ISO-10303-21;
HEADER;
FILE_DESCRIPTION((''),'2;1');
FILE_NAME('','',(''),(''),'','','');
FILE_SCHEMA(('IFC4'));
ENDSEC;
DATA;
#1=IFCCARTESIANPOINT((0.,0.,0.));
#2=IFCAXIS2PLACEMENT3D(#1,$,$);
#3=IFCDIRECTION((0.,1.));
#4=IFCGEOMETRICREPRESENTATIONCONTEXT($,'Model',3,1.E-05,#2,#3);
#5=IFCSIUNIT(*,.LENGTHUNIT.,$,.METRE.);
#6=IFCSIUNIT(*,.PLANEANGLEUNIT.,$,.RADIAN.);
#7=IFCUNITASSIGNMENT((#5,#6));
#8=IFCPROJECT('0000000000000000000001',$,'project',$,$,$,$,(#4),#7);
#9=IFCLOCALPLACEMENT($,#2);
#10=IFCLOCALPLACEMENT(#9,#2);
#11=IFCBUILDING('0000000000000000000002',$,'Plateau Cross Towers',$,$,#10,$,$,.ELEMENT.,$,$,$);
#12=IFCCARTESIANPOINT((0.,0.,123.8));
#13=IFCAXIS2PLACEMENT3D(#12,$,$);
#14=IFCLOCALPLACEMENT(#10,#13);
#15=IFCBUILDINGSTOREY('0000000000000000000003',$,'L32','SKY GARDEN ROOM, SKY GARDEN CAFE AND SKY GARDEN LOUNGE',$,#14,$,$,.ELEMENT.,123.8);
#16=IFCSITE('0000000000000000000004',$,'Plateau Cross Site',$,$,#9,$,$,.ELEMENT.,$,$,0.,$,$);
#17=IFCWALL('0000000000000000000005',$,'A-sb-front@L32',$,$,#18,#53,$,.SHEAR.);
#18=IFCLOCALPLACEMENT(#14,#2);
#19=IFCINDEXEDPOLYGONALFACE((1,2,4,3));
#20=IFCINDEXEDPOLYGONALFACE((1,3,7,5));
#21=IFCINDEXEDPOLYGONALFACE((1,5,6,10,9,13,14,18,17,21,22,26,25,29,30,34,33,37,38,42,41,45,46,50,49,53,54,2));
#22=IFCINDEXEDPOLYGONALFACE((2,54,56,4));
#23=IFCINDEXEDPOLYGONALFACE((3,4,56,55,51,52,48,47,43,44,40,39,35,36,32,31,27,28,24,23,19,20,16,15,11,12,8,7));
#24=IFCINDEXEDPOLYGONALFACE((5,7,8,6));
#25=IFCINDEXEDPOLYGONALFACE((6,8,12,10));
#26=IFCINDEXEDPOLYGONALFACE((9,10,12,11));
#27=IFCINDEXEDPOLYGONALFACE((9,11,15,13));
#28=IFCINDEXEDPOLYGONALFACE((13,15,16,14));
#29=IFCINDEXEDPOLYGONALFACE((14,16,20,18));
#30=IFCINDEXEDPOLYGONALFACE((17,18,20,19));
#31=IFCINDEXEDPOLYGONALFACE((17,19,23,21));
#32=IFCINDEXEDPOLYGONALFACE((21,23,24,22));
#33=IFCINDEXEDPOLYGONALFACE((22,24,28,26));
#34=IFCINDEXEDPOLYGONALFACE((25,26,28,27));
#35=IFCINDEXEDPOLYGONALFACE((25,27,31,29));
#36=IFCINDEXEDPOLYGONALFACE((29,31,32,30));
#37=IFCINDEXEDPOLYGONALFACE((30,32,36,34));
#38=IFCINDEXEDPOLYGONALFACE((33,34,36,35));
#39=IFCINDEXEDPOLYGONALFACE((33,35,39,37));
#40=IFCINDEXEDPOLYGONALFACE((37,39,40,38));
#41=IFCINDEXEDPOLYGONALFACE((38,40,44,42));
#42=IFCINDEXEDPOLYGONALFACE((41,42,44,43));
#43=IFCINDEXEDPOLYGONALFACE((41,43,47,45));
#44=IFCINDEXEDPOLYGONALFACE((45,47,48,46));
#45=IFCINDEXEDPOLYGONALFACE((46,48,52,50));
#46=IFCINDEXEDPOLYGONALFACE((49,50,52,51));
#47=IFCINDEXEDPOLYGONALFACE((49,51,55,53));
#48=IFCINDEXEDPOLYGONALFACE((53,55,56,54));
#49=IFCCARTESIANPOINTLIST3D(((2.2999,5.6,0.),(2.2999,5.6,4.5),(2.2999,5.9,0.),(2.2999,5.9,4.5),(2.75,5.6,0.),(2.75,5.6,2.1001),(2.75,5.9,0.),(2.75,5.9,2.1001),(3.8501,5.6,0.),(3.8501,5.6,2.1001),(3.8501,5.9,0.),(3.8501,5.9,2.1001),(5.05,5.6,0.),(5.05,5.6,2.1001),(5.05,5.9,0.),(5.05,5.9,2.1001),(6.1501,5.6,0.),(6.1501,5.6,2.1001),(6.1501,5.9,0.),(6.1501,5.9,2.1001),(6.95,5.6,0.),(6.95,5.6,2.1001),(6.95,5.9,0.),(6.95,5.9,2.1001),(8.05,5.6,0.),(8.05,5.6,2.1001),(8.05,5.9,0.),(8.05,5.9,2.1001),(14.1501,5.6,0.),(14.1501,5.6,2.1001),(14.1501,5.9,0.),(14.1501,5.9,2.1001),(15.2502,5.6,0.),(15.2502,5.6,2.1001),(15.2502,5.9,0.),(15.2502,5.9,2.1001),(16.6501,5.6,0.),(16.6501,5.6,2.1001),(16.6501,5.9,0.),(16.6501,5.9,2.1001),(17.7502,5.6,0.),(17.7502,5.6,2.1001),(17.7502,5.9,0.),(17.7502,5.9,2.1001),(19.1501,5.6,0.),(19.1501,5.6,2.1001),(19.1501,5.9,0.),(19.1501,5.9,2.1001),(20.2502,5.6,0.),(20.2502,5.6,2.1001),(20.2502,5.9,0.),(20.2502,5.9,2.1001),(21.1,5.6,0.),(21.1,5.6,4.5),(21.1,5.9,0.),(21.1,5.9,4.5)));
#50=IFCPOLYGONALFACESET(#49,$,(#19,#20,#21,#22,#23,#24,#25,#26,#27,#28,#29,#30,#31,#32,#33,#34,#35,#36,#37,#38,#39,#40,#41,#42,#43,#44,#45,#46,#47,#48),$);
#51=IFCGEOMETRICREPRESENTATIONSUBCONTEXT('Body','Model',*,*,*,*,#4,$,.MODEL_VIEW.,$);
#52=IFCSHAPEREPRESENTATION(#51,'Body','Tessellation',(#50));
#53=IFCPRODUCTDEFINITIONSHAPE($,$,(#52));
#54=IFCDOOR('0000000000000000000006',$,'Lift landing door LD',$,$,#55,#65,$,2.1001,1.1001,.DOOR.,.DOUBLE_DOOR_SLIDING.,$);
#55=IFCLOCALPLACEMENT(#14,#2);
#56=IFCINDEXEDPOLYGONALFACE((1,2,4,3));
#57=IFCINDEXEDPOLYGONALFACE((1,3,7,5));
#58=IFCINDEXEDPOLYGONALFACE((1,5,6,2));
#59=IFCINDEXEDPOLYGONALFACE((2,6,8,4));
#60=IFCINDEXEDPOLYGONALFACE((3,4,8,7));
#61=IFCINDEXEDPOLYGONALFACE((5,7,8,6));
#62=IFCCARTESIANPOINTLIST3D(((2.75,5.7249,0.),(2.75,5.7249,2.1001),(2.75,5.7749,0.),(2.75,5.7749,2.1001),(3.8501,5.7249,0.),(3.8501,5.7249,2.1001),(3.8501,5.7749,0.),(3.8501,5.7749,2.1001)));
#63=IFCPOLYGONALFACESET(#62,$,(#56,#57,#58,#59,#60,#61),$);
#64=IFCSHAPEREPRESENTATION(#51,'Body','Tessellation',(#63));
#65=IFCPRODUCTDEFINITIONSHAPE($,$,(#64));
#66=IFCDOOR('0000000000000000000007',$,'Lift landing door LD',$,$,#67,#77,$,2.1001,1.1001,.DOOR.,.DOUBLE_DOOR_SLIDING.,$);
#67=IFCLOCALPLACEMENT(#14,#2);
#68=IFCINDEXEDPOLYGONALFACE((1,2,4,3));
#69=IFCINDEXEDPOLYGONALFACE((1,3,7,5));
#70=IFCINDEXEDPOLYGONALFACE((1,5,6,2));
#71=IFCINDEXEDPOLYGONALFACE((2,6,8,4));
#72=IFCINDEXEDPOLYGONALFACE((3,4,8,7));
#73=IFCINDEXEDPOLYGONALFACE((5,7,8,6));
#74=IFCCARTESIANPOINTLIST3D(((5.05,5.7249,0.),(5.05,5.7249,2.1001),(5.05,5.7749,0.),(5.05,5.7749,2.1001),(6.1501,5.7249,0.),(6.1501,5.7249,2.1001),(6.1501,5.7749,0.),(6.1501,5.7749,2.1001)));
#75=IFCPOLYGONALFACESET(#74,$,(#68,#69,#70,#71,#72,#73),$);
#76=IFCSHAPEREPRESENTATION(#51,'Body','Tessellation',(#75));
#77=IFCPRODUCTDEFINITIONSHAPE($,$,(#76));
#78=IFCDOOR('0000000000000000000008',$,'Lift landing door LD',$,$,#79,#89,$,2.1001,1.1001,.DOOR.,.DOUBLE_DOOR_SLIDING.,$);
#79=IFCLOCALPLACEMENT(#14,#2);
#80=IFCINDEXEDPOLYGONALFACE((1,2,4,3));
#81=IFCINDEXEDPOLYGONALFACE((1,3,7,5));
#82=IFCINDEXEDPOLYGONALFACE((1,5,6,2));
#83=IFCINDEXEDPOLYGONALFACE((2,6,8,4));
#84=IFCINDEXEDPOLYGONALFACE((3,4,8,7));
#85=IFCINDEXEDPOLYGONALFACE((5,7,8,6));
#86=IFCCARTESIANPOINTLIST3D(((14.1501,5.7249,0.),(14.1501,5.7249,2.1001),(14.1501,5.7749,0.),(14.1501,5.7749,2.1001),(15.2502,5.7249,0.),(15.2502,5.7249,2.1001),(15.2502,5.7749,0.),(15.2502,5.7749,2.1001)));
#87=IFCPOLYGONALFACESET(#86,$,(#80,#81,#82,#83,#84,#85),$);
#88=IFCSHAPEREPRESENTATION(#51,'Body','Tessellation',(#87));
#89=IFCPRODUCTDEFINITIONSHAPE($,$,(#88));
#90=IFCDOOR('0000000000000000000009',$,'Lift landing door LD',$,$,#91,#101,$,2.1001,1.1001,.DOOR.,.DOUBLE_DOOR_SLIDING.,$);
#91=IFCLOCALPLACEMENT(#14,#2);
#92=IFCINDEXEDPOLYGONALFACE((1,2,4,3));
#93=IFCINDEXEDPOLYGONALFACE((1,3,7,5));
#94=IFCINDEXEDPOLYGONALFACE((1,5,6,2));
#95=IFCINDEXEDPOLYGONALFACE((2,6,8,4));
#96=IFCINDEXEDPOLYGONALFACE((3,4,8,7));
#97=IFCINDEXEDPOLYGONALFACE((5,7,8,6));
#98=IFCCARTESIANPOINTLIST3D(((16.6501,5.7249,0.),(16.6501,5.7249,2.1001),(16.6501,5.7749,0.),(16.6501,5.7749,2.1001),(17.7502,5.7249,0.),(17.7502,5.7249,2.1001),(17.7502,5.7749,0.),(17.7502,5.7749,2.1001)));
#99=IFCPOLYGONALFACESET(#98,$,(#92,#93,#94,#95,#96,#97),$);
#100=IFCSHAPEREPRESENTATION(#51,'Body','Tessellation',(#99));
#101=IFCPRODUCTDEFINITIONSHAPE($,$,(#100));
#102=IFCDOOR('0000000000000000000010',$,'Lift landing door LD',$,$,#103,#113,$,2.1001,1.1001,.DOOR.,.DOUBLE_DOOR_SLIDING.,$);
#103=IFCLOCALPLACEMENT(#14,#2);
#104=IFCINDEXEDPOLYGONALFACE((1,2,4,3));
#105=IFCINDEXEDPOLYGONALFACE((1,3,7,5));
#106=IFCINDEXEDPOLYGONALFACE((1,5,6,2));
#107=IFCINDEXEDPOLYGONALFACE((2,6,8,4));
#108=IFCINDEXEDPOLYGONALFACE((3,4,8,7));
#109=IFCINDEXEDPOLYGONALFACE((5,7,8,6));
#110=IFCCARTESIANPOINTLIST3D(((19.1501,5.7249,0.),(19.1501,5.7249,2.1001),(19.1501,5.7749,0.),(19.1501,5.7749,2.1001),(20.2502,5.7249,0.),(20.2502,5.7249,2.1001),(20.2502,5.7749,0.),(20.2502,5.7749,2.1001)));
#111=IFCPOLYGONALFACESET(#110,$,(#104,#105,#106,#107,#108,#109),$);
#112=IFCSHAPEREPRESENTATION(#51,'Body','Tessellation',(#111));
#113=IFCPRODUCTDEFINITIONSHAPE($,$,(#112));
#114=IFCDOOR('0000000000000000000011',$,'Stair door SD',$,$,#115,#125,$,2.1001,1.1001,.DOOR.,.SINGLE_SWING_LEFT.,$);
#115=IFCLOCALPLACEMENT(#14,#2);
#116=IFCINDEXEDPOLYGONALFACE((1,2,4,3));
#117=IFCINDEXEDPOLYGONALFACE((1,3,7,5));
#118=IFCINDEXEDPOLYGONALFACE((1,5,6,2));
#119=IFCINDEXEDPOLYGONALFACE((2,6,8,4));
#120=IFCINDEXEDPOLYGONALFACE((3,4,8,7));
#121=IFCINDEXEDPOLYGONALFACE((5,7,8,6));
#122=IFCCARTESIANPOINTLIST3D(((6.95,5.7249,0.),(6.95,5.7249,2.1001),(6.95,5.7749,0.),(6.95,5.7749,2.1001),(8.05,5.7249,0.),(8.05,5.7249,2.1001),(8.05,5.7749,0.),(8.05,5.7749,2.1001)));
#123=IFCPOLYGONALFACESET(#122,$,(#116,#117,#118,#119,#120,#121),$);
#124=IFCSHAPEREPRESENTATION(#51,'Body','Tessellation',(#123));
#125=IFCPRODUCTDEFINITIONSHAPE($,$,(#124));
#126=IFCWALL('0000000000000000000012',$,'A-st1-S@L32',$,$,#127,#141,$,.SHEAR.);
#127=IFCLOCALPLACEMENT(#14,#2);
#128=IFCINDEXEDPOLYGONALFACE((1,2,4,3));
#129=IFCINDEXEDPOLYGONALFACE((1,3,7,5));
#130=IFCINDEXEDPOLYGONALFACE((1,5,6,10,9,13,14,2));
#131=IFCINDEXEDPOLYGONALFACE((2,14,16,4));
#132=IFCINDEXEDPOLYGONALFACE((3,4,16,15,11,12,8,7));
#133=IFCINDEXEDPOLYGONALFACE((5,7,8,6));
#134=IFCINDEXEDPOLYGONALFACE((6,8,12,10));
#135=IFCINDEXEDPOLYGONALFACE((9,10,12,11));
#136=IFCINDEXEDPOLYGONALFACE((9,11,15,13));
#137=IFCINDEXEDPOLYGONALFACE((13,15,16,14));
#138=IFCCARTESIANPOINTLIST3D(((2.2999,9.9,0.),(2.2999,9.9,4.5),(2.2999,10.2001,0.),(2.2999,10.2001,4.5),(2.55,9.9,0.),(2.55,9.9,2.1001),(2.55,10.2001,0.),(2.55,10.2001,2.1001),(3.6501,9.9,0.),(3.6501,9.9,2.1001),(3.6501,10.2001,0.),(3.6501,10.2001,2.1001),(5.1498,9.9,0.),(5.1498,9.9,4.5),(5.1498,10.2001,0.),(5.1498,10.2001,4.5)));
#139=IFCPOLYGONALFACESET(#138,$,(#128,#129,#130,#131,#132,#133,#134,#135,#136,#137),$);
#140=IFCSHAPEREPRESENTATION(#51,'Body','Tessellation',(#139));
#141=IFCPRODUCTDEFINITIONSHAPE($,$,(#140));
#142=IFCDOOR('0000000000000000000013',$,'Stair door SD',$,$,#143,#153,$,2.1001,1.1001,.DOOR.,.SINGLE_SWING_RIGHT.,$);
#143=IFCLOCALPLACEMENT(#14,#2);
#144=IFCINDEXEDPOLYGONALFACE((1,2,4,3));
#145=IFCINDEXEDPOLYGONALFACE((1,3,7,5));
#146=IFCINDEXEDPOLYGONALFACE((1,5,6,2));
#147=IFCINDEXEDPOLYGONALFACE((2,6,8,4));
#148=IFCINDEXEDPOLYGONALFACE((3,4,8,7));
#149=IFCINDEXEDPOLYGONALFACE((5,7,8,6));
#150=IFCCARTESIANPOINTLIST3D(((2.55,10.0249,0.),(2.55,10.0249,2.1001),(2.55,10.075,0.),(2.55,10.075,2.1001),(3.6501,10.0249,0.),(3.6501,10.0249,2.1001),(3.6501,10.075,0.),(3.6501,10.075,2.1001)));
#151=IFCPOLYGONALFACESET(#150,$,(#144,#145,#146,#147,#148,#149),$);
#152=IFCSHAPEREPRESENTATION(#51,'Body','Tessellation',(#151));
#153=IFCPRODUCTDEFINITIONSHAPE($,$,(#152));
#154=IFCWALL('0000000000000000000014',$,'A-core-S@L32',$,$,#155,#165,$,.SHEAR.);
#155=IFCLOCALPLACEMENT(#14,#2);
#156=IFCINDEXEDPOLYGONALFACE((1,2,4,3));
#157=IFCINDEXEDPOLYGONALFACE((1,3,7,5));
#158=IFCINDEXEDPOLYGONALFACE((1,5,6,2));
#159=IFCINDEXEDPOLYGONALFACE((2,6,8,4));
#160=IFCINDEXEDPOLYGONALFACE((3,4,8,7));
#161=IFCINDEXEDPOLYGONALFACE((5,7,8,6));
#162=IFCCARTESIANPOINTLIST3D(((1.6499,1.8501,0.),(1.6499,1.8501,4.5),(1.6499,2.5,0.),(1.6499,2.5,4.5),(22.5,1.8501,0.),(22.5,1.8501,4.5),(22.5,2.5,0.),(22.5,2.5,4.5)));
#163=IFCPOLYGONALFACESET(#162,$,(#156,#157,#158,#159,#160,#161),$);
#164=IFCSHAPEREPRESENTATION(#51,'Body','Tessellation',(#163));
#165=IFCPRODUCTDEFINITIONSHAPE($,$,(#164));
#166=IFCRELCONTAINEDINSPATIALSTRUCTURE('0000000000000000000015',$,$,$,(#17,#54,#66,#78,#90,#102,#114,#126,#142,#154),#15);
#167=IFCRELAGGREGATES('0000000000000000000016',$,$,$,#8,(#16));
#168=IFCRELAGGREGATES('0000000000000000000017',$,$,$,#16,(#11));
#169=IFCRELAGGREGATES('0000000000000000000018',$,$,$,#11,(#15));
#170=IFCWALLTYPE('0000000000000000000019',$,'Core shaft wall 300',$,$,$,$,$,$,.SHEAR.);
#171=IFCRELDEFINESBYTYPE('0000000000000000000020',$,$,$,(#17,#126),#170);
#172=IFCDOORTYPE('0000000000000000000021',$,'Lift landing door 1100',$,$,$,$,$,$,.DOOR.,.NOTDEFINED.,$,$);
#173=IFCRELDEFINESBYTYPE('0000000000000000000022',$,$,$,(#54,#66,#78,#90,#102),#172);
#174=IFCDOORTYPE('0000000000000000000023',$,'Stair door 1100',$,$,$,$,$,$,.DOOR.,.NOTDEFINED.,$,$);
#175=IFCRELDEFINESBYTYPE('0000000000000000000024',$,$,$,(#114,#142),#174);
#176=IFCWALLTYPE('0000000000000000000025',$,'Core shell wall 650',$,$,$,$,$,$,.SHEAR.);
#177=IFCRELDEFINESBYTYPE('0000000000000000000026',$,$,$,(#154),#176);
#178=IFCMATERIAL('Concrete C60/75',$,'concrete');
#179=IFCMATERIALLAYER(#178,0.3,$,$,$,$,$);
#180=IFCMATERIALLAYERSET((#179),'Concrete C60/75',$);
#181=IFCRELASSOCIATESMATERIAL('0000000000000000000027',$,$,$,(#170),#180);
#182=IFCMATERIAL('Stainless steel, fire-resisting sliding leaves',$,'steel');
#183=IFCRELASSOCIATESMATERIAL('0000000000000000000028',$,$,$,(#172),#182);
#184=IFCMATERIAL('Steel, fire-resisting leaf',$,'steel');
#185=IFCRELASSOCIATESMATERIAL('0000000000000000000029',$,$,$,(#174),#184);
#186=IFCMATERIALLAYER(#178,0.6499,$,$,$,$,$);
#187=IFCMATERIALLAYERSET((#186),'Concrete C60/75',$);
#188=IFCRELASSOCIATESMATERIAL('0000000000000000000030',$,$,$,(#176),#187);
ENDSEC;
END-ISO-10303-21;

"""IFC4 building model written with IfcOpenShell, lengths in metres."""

from ifc_helpers import new_model, si_unit, direction, frame, frame_2d, origin, place, context, subcontext, project, spatial, rectangle, extrude, material, layer, layer_set, type_object, element, fill, save


model = new_model("IFC4")

# Units and contexts
model_context = context("Model", 3, precision=1e-05, world=origin(), true_north=direction((0.0, 1.0)))
body_context = subcontext(model_context, "Body", "Model", "MODEL_VIEW")
ifc_project = project(units=[si_unit("LENGTHUNIT", "METRE"), si_unit("PLANEANGLEUNIT", "RADIAN")], contexts=[model_context])

# Site, building, storey
site_placement = place(None, origin())
site = spatial("IfcSite", under=ifc_project, at=site_placement, Name="Plateau Cross Site", CompositionType="ELEMENT", RefElevation=0.0)
building_placement = place(site_placement, origin())
building = spatial("IfcBuilding", under=site, at=building_placement, Name="Plateau Cross Towers", CompositionType="ELEMENT")
storey_placement = place(building_placement, frame((0.0, 0.0, 123.8)))
storey = spatial("IfcBuildingStorey", under=building, at=storey_placement, Name="L32", Description="SKY GARDEN ROOM, SKY GARDEN CAFE AND SKY GARDEN LOUNGE", CompositionType="ELEMENT", Elevation=123.8)

# Shared definitions
ifc_material_1 = material(Name="Concrete C60/75", Category="concrete")
ifc_layer_1 = layer(ifc_material_1, 0.3)
ifc_layer_set_1 = layer_set([ifc_layer_1], Name="Concrete C60/75")
wall_type_1 = type_object("IfcWallType", Name="Core shaft wall 300", PredefinedType="SHEAR", material=ifc_layer_set_1)

# Wall, openings, doors
wall_1_placement = place(storey_placement, frame((2.3, 5.75, 0.0), z_axis=(0.0, 0.0, 1.0), x_axis=(1.0, 0.0, 0.0)))
wall_1 = element("IfcWall", 1, at=wall_1_placement, inside=storey, type_object=wall_type_1, Name="A-sb-front@L32", PredefinedType="SHEAR", context=body_context, shape_type="SweptSolid", body=[
    extrude(rectangle(XDim=18.8, YDim=0.3, at=frame_2d((9.3999, 0.0))), origin(), (0.0, 0.0, 1.0), 4.5),
])
opening_1_placement = place(wall_1_placement, frame((4.6499, 0.0, 0.0)))
opening_1 = element("IfcOpeningElement", 2, at=opening_1_placement, cuts=wall_1, PredefinedType="OPENING", context=body_context, shape_type="SweptSolid", body=[
    extrude(rectangle(XDim=1.1001, YDim=2.1001, at=frame_2d((0.55, 1.05))), frame((0.0, 0.1599, 0.0), z_axis=(0.0, -1.0, 0.0), x_axis=(1.0, 0.0, 0.0)), (0.0, 0.0, 1.0), 0.3201),
])
opening_2_placement = place(wall_1_placement, frame((0.45, 0.0, 0.0)))
opening_2 = element("IfcOpeningElement", 3, at=opening_2_placement, cuts=wall_1, PredefinedType="OPENING", context=body_context, shape_type="SweptSolid", body=[
    extrude(rectangle(XDim=1.1001, YDim=2.1001, at=frame_2d((0.55, 1.05))), frame((0.0, 0.1599, 0.0), z_axis=(0.0, -1.0, 0.0), x_axis=(1.0, 0.0, 0.0)), (0.0, 0.0, 1.0), 0.3201),
])
opening_3_placement = place(wall_1_placement, frame((2.75, 0.0, 0.0)))
opening_3 = element("IfcOpeningElement", 4, at=opening_3_placement, cuts=wall_1, PredefinedType="OPENING", context=body_context, shape_type="SweptSolid", body=[
    extrude(rectangle(XDim=1.1001, YDim=2.1001, at=frame_2d((0.55, 1.05))), frame((0.0, 0.1599, 0.0), z_axis=(0.0, -1.0, 0.0), x_axis=(1.0, 0.0, 0.0)), (0.0, 0.0, 1.0), 0.3201),
])
opening_4_placement = place(wall_1_placement, frame((11.8501, 0.0, 0.0)))
opening_4 = element("IfcOpeningElement", 5, at=opening_4_placement, cuts=wall_1, PredefinedType="OPENING", context=body_context, shape_type="SweptSolid", body=[
    extrude(rectangle(XDim=1.1001, YDim=2.1001, at=frame_2d((0.55, 1.05))), frame((0.0, 0.1599, 0.0), z_axis=(0.0, -1.0, 0.0), x_axis=(1.0, 0.0, 0.0)), (0.0, 0.0, 1.0), 0.3201),
])
opening_5_placement = place(wall_1_placement, frame((14.3501, 0.0, 0.0)))
opening_5 = element("IfcOpeningElement", 6, at=opening_5_placement, cuts=wall_1, PredefinedType="OPENING", context=body_context, shape_type="SweptSolid", body=[
    extrude(rectangle(XDim=1.1001, YDim=2.1001, at=frame_2d((0.55, 1.05))), frame((0.0, 0.1599, 0.0), z_axis=(0.0, -1.0, 0.0), x_axis=(1.0, 0.0, 0.0)), (0.0, 0.0, 1.0), 0.3201),
])
opening_6_placement = place(wall_1_placement, frame((16.8501, 0.0, 0.0)))
opening_6 = element("IfcOpeningElement", 7, at=opening_6_placement, cuts=wall_1, PredefinedType="OPENING", context=body_context, shape_type="SweptSolid", body=[
    extrude(rectangle(XDim=1.1001, YDim=2.1001, at=frame_2d((0.55, 1.05))), frame((0.0, 0.1599, 0.0), z_axis=(0.0, -1.0, 0.0), x_axis=(1.0, 0.0, 0.0)), (0.0, 0.0, 1.0), 0.3201),
])
ifc_material_2 = material(Name="Stainless steel, fire-resisting sliding leaves", Category="steel")
door_type_1 = type_object("IfcDoorType", Name="Lift landing door 1100", OperationType="NOTDEFINED", PredefinedType="DOOR", material=ifc_material_2)
door_1_placement = place(opening_2_placement, origin())
door_1 = element("IfcDoor", 8, at=door_1_placement, inside=storey, type_object=door_type_1, Name="Lift landing door LD", OperationType="DOUBLE_DOOR_SLIDING", OverallHeight=2.1001, OverallWidth=1.1001, PredefinedType="DOOR", context=body_context, shape_type="SweptSolid", body=[
    extrude(rectangle(XDim=1.1001, YDim=2.1001, at=frame_2d((0.55, 1.05))), frame((0.0, 0.0249, 0.0), z_axis=(0.0, -1.0, 0.0), x_axis=(1.0, 0.0, 0.0)), (0.0, 0.0, 1.0), 0.05),
])
fill(opening_2, door_1)
door_2_placement = place(opening_3_placement, origin())
door_2 = element("IfcDoor", 9, at=door_2_placement, inside=storey, type_object=door_type_1, Name="Lift landing door LD", OperationType="DOUBLE_DOOR_SLIDING", OverallHeight=2.1001, OverallWidth=1.1001, PredefinedType="DOOR", context=body_context, shape_type="SweptSolid", body=[
    extrude(rectangle(XDim=1.1001, YDim=2.1001, at=frame_2d((0.55, 1.05))), frame((0.0, 0.0249, 0.0), z_axis=(0.0, -1.0, 0.0), x_axis=(1.0, 0.0, 0.0)), (0.0, 0.0, 1.0), 0.05),
])
fill(opening_3, door_2)
door_3_placement = place(opening_4_placement, origin())
door_3 = element("IfcDoor", 10, at=door_3_placement, inside=storey, type_object=door_type_1, Name="Lift landing door LD", OperationType="DOUBLE_DOOR_SLIDING", OverallHeight=2.1001, OverallWidth=1.1001, PredefinedType="DOOR", context=body_context, shape_type="SweptSolid", body=[
    extrude(rectangle(XDim=1.1001, YDim=2.1001, at=frame_2d((0.55, 1.05))), frame((0.0, 0.0249, 0.0), z_axis=(0.0, -1.0, 0.0), x_axis=(1.0, 0.0, 0.0)), (0.0, 0.0, 1.0), 0.05),
])
fill(opening_4, door_3)
door_4_placement = place(opening_5_placement, origin())
door_4 = element("IfcDoor", 11, at=door_4_placement, inside=storey, type_object=door_type_1, Name="Lift landing door LD", OperationType="DOUBLE_DOOR_SLIDING", OverallHeight=2.1001, OverallWidth=1.1001, PredefinedType="DOOR", context=body_context, shape_type="SweptSolid", body=[
    extrude(rectangle(XDim=1.1001, YDim=2.1001, at=frame_2d((0.55, 1.05))), frame((0.0, 0.0249, 0.0), z_axis=(0.0, -1.0, 0.0), x_axis=(1.0, 0.0, 0.0)), (0.0, 0.0, 1.0), 0.05),
])
fill(opening_5, door_4)
door_5_placement = place(opening_6_placement, origin())
door_5 = element("IfcDoor", 12, at=door_5_placement, inside=storey, type_object=door_type_1, Name="Lift landing door LD", OperationType="DOUBLE_DOOR_SLIDING", OverallHeight=2.1001, OverallWidth=1.1001, PredefinedType="DOOR", context=body_context, shape_type="SweptSolid", body=[
    extrude(rectangle(XDim=1.1001, YDim=2.1001, at=frame_2d((0.55, 1.05))), frame((0.0, 0.0249, 0.0), z_axis=(0.0, -1.0, 0.0), x_axis=(1.0, 0.0, 0.0)), (0.0, 0.0, 1.0), 0.05),
])
fill(opening_6, door_5)
ifc_material_3 = material(Name="Steel, fire-resisting leaf", Category="steel")
door_type_2 = type_object("IfcDoorType", Name="Stair door 1100", OperationType="NOTDEFINED", PredefinedType="DOOR", material=ifc_material_3)
door_6_placement = place(opening_1_placement, origin())
door_6 = element("IfcDoor", 13, at=door_6_placement, inside=storey, type_object=door_type_2, Name="Stair door SD", OperationType="SINGLE_SWING_LEFT", OverallHeight=2.1001, OverallWidth=1.1001, PredefinedType="DOOR", context=body_context, shape_type="SweptSolid", body=[
    extrude(rectangle(XDim=1.1001, YDim=2.1001, at=frame_2d((0.55, 1.05))), frame((0.0, 0.0249, 0.0), z_axis=(0.0, -1.0, 0.0), x_axis=(1.0, 0.0, 0.0)), (0.0, 0.0, 1.0), 0.05),
])
fill(opening_1, door_6)

# Wall, opening, door
wall_2_placement = place(storey_placement, frame((2.3, 10.05, 0.0), z_axis=(0.0, 0.0, 1.0), x_axis=(1.0, 0.0, 0.0)))
wall_2 = element("IfcWall", 14, at=wall_2_placement, inside=storey, type_object=wall_type_1, Name="A-st1-S@L32", PredefinedType="SHEAR", context=body_context, shape_type="SweptSolid", body=[
    extrude(rectangle(XDim=2.8499, YDim=0.3, at=frame_2d((1.4248, 0.0))), origin(), (0.0, 0.0, 1.0), 4.5),
])
opening_7_placement = place(wall_2_placement, frame((0.25, 0.0, 0.0)))
opening_7 = element("IfcOpeningElement", 15, at=opening_7_placement, cuts=wall_2, PredefinedType="OPENING", context=body_context, shape_type="SweptSolid", body=[
    extrude(rectangle(XDim=1.1001, YDim=2.1001, at=frame_2d((0.55, 1.05))), frame((0.0, 0.1599, 0.0), z_axis=(0.0, -1.0, 0.0), x_axis=(1.0, 0.0, 0.0)), (0.0, 0.0, 1.0), 0.3201),
])
door_7_placement = place(opening_7_placement, origin())
door_7 = element("IfcDoor", 16, at=door_7_placement, inside=storey, type_object=door_type_2, Name="Stair door SD", OperationType="SINGLE_SWING_RIGHT", OverallHeight=2.1001, OverallWidth=1.1001, PredefinedType="DOOR", context=body_context, shape_type="SweptSolid", body=[
    extrude(rectangle(XDim=1.1001, YDim=2.1001, at=frame_2d((0.55, 1.05))), frame((0.0, 0.0249, 0.0), z_axis=(0.0, -1.0, 0.0), x_axis=(1.0, 0.0, 0.0)), (0.0, 0.0, 1.0), 0.05),
])
fill(opening_7, door_7)

# Wall
ifc_layer_2 = layer(ifc_material_1, 0.6499)
ifc_layer_set_2 = layer_set([ifc_layer_2], Name="Concrete C60/75")
wall_type_2 = type_object("IfcWallType", Name="Core shell wall 650", PredefinedType="SHEAR", material=ifc_layer_set_2)
wall_3_placement = place(storey_placement, frame((1.6499, 2.175, 0.0), z_axis=(0.0, 0.0, 1.0), x_axis=(1.0, 0.0, 0.0)))
element("IfcWall", 17, at=wall_3_placement, inside=storey, type_object=wall_type_2, Name="A-core-S@L32", PredefinedType="SHEAR", context=body_context, shape_type="SweptSolid", body=[
    extrude(rectangle(XDim=20.8501, YDim=0.6499, at=frame_2d((10.425, 0.0))), origin(), (0.0, 0.0, 1.0), 4.5),
])

save(model, "model.ifc")
